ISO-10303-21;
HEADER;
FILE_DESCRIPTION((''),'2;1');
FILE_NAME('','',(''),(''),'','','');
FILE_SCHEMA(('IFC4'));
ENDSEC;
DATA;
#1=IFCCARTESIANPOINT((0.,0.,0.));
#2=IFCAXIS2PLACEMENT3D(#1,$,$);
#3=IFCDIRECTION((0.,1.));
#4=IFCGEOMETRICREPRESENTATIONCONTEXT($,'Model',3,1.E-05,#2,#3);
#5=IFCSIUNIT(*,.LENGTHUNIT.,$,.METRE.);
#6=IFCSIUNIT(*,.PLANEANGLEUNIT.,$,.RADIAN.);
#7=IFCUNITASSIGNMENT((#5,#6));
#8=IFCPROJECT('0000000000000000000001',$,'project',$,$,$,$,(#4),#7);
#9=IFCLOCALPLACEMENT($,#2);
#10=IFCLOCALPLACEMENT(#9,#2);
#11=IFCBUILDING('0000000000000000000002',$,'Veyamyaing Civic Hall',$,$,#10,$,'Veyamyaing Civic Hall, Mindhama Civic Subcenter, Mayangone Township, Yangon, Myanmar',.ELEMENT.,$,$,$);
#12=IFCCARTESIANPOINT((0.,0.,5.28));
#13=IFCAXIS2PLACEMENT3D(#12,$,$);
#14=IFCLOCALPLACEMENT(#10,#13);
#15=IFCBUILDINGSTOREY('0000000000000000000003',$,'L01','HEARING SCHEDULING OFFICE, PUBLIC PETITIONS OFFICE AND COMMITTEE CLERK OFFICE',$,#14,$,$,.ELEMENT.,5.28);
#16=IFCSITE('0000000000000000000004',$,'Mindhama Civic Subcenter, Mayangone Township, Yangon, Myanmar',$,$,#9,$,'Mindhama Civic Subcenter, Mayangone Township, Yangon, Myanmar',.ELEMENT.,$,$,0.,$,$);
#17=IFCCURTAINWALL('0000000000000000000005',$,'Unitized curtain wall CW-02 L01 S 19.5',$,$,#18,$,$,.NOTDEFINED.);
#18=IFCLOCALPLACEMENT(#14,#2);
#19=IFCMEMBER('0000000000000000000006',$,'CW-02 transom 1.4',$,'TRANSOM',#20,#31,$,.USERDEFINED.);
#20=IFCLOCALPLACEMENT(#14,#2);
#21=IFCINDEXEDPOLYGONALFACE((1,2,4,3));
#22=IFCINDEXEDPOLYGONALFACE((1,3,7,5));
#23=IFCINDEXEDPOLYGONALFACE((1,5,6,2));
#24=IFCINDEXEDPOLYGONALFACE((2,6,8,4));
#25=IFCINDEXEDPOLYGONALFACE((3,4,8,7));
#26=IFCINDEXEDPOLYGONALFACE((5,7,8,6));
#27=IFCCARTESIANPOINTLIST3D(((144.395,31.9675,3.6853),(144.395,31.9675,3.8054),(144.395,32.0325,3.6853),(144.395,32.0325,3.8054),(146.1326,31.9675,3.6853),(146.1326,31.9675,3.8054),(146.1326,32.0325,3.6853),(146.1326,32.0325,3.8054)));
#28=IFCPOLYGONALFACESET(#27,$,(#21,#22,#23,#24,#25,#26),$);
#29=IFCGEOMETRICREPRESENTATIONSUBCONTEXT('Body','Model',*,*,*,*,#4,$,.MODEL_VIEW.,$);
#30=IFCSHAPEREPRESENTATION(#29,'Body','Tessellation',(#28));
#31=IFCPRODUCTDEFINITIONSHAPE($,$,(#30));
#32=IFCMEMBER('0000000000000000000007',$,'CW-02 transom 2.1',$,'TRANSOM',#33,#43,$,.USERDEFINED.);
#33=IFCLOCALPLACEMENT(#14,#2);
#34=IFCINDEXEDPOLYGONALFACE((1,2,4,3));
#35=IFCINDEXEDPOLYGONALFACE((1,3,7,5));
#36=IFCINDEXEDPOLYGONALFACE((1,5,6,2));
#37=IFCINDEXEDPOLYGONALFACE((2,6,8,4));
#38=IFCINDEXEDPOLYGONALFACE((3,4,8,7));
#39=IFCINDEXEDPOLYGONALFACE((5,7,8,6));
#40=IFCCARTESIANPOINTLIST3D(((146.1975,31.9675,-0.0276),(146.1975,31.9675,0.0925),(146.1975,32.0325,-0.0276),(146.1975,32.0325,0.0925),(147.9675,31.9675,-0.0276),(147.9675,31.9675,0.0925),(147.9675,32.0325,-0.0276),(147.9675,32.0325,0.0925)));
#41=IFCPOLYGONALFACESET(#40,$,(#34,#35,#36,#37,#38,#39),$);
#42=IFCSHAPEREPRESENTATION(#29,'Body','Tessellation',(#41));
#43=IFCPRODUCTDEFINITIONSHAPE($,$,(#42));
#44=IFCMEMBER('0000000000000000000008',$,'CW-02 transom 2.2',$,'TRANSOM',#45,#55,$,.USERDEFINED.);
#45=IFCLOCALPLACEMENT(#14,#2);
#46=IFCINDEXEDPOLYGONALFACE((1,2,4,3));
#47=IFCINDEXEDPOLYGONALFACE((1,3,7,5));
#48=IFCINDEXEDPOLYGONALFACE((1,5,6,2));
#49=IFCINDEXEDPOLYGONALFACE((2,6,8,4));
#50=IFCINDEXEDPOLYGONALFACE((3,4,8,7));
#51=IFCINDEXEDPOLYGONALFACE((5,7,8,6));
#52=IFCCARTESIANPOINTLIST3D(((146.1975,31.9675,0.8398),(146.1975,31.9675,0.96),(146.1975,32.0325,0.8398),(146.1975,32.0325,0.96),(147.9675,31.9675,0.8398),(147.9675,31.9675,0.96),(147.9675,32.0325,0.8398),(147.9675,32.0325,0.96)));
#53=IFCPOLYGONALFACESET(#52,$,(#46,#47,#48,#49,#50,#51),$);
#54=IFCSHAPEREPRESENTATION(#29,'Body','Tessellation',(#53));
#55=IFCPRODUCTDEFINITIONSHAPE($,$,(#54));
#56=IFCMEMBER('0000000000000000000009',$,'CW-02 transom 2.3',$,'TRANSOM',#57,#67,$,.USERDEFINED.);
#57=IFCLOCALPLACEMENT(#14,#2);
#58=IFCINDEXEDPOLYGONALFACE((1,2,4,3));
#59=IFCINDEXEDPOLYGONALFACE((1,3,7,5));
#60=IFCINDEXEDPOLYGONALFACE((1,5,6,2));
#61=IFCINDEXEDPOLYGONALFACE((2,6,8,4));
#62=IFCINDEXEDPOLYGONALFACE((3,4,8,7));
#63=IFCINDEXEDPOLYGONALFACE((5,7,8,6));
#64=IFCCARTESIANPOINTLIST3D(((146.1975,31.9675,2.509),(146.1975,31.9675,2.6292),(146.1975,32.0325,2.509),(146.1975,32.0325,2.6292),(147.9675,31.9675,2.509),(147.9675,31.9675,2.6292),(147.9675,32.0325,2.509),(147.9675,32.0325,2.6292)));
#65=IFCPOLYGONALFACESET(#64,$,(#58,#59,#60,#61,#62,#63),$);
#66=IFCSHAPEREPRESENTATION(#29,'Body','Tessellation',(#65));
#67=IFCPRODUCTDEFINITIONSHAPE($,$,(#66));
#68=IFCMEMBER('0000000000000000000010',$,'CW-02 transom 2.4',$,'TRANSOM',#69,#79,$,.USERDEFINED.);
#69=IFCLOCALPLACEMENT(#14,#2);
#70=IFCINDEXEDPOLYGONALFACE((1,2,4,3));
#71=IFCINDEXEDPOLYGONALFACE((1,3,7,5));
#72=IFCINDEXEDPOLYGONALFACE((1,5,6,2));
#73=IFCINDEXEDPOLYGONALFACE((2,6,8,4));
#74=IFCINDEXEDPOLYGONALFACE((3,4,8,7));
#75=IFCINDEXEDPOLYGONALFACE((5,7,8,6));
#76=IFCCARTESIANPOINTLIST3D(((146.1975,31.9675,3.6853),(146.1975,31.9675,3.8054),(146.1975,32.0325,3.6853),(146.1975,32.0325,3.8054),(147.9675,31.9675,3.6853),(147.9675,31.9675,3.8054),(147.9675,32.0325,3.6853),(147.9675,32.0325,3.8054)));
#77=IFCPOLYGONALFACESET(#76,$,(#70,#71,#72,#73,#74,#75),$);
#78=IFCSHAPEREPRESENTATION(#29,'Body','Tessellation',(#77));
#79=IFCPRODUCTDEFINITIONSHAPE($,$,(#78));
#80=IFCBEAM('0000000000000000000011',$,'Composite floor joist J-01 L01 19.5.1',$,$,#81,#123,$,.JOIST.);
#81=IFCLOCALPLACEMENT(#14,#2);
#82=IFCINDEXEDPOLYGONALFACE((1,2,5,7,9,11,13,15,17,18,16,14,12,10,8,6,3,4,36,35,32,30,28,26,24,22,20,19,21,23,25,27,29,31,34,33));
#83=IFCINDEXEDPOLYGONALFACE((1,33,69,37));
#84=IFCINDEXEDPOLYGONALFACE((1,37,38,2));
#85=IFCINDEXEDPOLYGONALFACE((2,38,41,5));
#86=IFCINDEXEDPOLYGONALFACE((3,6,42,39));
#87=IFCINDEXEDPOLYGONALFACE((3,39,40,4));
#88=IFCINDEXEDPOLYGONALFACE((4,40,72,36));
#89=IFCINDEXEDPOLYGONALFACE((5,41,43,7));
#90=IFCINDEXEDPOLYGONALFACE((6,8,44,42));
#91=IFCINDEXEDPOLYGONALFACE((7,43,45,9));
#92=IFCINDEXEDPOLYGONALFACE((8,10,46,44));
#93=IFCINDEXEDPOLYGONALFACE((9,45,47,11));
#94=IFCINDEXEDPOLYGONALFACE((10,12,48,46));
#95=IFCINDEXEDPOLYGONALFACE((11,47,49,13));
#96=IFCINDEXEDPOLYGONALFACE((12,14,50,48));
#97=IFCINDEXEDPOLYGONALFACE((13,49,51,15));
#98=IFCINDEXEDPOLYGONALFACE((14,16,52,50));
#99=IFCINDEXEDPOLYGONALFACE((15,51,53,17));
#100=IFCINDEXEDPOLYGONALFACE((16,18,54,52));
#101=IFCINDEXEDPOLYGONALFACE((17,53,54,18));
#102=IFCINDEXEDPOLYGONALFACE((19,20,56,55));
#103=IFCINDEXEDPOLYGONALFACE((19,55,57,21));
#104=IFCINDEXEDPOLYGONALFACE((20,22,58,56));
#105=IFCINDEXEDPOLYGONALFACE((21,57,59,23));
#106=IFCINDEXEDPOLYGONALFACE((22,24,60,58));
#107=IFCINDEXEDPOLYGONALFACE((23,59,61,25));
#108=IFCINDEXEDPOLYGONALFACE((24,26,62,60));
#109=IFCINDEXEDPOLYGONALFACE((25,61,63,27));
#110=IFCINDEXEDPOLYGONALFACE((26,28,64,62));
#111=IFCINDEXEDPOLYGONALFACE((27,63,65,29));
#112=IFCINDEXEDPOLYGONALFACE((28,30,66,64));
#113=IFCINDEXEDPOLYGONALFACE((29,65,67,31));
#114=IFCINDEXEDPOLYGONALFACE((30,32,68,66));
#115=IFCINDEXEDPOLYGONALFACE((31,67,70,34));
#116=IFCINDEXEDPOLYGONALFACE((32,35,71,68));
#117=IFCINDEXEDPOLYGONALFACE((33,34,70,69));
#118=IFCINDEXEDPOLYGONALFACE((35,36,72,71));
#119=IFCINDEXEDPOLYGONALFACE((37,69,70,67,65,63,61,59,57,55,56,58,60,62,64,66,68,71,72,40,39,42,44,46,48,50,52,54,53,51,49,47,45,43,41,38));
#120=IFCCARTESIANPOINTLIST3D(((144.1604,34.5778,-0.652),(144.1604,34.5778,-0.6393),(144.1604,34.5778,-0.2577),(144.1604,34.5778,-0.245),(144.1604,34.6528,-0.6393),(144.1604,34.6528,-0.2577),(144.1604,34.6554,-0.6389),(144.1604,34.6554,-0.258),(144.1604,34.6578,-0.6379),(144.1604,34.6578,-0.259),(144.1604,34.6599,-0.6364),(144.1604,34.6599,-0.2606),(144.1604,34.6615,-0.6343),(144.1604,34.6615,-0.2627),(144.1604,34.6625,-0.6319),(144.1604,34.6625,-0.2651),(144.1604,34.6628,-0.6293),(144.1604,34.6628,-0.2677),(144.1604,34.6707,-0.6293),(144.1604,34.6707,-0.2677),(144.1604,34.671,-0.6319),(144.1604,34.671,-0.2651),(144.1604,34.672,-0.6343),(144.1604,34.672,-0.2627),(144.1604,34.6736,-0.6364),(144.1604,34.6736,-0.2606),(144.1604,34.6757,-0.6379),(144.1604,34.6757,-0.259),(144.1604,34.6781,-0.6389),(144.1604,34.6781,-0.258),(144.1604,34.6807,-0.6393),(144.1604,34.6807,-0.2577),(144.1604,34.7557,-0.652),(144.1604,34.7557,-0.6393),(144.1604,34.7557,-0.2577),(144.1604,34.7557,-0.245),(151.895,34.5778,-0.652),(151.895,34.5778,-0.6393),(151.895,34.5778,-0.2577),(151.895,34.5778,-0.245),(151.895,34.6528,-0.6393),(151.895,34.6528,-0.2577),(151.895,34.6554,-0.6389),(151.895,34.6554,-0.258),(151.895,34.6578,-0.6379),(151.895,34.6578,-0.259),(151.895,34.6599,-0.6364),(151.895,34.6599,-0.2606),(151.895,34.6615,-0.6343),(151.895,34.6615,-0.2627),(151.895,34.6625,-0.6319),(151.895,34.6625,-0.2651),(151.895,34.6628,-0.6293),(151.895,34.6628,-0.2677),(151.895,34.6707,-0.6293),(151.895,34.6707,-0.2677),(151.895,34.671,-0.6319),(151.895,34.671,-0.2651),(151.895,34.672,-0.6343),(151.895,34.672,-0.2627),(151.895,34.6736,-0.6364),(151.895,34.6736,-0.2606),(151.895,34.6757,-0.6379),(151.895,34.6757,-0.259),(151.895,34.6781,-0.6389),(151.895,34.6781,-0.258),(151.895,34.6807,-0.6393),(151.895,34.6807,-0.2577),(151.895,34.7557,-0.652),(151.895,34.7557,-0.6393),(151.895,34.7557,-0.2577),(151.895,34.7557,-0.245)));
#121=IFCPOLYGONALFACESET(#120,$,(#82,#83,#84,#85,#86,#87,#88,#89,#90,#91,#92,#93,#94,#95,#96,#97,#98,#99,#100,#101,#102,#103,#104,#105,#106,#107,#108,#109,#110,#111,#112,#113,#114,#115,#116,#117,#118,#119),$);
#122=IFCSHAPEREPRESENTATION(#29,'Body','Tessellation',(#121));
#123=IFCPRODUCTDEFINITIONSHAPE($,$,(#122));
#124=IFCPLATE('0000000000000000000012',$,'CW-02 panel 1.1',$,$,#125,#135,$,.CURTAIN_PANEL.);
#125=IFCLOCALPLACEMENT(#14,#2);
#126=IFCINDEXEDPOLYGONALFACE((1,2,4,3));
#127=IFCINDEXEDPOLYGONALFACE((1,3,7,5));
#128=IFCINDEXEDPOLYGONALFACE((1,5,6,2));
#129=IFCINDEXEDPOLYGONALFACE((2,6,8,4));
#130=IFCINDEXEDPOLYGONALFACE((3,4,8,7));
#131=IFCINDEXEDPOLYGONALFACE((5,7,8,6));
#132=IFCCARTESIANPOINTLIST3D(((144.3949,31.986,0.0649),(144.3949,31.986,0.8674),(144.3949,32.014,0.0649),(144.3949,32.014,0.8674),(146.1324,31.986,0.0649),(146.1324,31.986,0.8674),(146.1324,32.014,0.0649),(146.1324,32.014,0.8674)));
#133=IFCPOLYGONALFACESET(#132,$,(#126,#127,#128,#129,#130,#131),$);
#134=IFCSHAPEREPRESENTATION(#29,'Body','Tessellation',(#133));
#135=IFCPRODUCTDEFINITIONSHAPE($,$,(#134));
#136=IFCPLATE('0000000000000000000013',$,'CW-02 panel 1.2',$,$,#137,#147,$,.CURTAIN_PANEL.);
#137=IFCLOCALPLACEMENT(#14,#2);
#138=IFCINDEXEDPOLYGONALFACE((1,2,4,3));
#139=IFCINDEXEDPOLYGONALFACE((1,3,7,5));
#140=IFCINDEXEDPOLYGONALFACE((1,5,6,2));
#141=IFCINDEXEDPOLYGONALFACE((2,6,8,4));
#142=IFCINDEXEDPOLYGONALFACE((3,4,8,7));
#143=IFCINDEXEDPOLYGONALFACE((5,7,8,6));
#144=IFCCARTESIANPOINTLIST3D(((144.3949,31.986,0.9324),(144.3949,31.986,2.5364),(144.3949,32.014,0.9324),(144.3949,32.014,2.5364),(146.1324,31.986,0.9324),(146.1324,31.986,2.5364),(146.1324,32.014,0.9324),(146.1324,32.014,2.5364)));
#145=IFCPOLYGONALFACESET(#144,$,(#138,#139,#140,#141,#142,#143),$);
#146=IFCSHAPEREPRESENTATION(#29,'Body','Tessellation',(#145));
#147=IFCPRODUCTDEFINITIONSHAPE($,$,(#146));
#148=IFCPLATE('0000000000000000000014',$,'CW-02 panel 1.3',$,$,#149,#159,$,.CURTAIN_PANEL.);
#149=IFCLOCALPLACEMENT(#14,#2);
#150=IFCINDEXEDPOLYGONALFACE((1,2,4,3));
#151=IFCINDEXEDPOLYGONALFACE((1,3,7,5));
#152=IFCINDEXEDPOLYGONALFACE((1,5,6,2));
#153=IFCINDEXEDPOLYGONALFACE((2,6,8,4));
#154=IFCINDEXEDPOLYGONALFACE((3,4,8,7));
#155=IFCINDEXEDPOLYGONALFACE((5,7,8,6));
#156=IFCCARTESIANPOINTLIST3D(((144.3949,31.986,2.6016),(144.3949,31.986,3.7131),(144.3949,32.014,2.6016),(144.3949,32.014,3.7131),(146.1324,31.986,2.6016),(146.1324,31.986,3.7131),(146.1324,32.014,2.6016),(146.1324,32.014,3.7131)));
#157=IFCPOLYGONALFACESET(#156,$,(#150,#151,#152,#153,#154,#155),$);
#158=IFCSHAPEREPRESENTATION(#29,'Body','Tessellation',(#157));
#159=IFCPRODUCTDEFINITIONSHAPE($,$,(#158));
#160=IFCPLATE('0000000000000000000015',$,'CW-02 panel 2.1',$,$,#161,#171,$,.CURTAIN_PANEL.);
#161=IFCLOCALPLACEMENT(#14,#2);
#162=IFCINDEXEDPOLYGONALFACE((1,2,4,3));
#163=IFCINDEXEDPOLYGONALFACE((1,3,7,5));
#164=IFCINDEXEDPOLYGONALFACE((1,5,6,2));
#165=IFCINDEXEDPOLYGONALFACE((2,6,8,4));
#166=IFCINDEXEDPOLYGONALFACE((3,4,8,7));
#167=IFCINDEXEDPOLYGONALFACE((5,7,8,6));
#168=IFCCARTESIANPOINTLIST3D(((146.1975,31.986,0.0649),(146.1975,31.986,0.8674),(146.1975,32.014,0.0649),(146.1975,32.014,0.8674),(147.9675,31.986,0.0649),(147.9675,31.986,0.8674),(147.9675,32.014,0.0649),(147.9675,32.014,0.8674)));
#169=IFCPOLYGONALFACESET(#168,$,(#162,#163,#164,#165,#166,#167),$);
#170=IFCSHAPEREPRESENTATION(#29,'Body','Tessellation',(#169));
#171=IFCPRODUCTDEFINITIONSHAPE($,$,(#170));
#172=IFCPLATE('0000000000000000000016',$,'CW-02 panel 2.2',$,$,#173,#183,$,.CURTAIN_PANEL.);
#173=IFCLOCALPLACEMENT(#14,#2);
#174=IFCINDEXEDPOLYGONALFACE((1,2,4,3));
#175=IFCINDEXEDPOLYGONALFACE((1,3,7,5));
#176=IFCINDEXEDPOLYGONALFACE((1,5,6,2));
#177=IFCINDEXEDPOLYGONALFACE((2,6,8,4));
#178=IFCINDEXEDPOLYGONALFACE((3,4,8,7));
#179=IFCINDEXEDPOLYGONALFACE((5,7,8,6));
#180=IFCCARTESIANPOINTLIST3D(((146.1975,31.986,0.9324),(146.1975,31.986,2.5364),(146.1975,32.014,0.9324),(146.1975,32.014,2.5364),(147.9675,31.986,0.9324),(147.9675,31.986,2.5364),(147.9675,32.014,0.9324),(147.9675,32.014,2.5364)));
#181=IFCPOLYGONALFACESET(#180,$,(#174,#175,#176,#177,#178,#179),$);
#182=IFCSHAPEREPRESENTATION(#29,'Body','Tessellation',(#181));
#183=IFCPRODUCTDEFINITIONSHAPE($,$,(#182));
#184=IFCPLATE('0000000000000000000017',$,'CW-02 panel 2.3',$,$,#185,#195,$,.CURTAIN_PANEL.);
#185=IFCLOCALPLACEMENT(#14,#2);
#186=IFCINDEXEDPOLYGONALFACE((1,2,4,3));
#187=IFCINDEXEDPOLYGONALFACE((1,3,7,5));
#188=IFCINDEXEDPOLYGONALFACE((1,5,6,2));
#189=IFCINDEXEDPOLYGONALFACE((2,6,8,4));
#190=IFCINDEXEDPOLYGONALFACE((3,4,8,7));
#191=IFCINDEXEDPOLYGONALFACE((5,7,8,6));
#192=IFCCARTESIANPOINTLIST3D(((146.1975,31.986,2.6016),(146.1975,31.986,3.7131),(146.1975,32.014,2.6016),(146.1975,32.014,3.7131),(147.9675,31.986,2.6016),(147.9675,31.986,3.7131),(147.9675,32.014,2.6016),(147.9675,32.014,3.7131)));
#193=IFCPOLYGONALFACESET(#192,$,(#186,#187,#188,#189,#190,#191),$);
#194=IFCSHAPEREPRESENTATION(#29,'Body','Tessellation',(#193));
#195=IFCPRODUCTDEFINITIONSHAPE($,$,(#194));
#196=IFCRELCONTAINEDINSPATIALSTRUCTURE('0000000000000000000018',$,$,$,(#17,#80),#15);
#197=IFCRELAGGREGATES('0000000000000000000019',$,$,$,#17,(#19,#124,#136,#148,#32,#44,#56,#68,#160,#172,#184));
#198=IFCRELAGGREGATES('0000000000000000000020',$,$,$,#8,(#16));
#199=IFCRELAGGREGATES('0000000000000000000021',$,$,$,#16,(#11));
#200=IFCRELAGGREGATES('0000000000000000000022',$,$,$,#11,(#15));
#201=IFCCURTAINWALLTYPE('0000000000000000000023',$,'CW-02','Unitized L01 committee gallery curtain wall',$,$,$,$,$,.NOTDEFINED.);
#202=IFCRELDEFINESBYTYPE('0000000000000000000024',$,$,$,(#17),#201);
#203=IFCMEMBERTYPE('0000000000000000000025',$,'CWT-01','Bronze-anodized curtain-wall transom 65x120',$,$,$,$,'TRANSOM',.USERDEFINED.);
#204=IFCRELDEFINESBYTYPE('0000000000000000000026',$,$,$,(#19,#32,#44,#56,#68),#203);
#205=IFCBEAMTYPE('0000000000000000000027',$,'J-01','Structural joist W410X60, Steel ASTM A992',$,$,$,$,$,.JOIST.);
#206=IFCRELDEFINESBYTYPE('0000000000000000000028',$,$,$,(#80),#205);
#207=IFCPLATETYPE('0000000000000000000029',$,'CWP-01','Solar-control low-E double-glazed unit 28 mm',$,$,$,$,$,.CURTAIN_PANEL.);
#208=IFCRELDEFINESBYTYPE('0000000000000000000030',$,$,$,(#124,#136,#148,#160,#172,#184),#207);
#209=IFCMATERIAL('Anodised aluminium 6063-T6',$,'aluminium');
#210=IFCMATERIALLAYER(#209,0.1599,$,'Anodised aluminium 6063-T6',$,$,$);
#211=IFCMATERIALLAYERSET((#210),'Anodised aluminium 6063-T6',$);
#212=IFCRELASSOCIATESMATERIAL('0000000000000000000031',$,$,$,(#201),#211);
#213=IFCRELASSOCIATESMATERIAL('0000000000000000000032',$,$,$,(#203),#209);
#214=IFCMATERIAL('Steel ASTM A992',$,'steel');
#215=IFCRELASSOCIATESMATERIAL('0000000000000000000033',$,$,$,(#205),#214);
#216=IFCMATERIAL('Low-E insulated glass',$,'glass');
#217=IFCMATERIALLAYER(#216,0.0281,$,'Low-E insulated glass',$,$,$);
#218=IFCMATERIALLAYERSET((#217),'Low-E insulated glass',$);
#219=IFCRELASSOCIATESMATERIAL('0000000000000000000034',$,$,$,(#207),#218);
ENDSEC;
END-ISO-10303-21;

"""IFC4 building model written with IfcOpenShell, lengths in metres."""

from ifc_helpers import new_model, si_unit, direction, frame, origin, origin_2d, place, context, subcontext, project, spatial, rectangle, i_section, extrude, material, layer, layer_set, material_profile, profile_set, type_object, element, aggregate, save


model = new_model("IFC4")

# Units and contexts
model_context = context("Model", 3, precision=1e-05, world=origin(), true_north=direction((0.0, 1.0)))
body_context = subcontext(model_context, "Body", "Model", "MODEL_VIEW")
ifc_project = project(units=[si_unit("LENGTHUNIT", "METRE"), si_unit("PLANEANGLEUNIT", "RADIAN")], contexts=[model_context])

# Site, building, storey
site_placement = place(None, origin())
site = spatial("IfcSite", under=ifc_project, at=site_placement, Name="Mindhama Civic Subcenter, Mayangone Township, Yangon, Myanmar", LongName="Mindhama Civic Subcenter, Mayangone Township, Yangon, Myanmar", CompositionType="ELEMENT", RefElevation=0.0)
building_placement = place(site_placement, origin())
building = spatial("IfcBuilding", under=site, at=building_placement, Name="Veyamyaing Civic Hall", LongName="Veyamyaing Civic Hall, Mindhama Civic Subcenter, Mayangone Township, Yangon, Myanmar", CompositionType="ELEMENT")
storey_placement = place(building_placement, frame((0.0, 0.0, 5.28)))
storey = spatial("IfcBuildingStorey", under=building, at=storey_placement, Name="L01", Description="HEARING SCHEDULING OFFICE, PUBLIC PETITIONS OFFICE AND COMMITTEE CLERK OFFICE", CompositionType="ELEMENT", Elevation=5.28)

# Shared definitions
ifc_material_1 = material(Name="Steel ASTM A992", Category="steel")

# Curtain wall, members
ifc_material_2 = material(Name="Anodised aluminium 6063-T6", Category="aluminium")
ifc_layer_1 = layer(ifc_material_2, 0.1599, Name="Anodised aluminium 6063-T6")
ifc_layer_set_1 = layer_set([ifc_layer_1], Name="Anodised aluminium 6063-T6")
curtain_wall_type = type_object("IfcCurtainWallType", Name="CW-02", Description="Unitized L01 committee gallery curtain wall", PredefinedType="NOTDEFINED", material=ifc_layer_set_1)
curtain_wall_placement = place(storey_placement, origin())
curtain_wall = element("IfcCurtainWall", 1, at=curtain_wall_placement, inside=storey, type_object=curtain_wall_type, Name="Unitized curtain wall CW-02 L01 S 19.5", PredefinedType="NOTDEFINED")
ifc_material_profile_1 = material_profile(ifc_material_2, rectangle(XDim=0.0649, YDim=0.1201, at=origin_2d()), Name="ALU-TRN-65X120")
ifc_profile_set_1 = profile_set([ifc_material_profile_1], Name="Anodised aluminium 6063-T6")
member_type_1 = type_object("IfcMemberType", Name="CWT-01", Description="Bronze-anodized curtain-wall transom 65x120", ElementType="TRANSOM", PredefinedType="USERDEFINED", material=ifc_profile_set_1)
member_1_placement = place(storey_placement, frame((144.395, 32.0, 3.7454), z_axis=(1.0, 0.0, 0.0), x_axis=(0.0, 1.0, 0.0)))
member_1 = element("IfcMember", 2, at=member_1_placement, type_object=member_type_1, Name="CW-02 transom 1.4", ObjectType="TRANSOM", PredefinedType="USERDEFINED", context=body_context, shape_type="SweptSolid", body=[
    extrude(rectangle(XDim=0.0649, YDim=0.1201, at=origin_2d()), origin(), (0.0, 0.0, 1.0), 1.7375),
])
member_2_placement = place(storey_placement, frame((146.1975, 32.0, 0.0325), z_axis=(1.0, 0.0, 0.0), x_axis=(0.0, 1.0, 0.0)))
member_2 = element("IfcMember", 3, at=member_2_placement, type_object=member_type_1, Name="CW-02 transom 2.1", ObjectType="TRANSOM", PredefinedType="USERDEFINED", context=body_context, shape_type="SweptSolid", body=[
    extrude(rectangle(XDim=0.0649, YDim=0.1201, at=origin_2d()), origin(), (0.0, 0.0, 1.0), 1.77),
])
member_3_placement = place(storey_placement, frame((146.1975, 32.0, 0.8999), z_axis=(1.0, 0.0, 0.0), x_axis=(0.0, 1.0, 0.0)))
member_3 = element("IfcMember", 4, at=member_3_placement, type_object=member_type_1, Name="CW-02 transom 2.2", ObjectType="TRANSOM", PredefinedType="USERDEFINED", context=body_context, shape_type="SweptSolid", body=[
    extrude(rectangle(XDim=0.0649, YDim=0.1201, at=origin_2d()), origin(), (0.0, 0.0, 1.0), 1.77),
])
member_4_placement = place(storey_placement, frame((146.1975, 32.0, 2.5691), z_axis=(1.0, 0.0, 0.0), x_axis=(0.0, 1.0, 0.0)))
member_4 = element("IfcMember", 5, at=member_4_placement, type_object=member_type_1, Name="CW-02 transom 2.3", ObjectType="TRANSOM", PredefinedType="USERDEFINED", context=body_context, shape_type="SweptSolid", body=[
    extrude(rectangle(XDim=0.0649, YDim=0.1201, at=origin_2d()), origin(), (0.0, 0.0, 1.0), 1.77),
])
member_5_placement = place(storey_placement, frame((146.1975, 32.0, 3.7454), z_axis=(1.0, 0.0, 0.0), x_axis=(0.0, 1.0, 0.0)))
member_5 = element("IfcMember", 6, at=member_5_placement, type_object=member_type_1, Name="CW-02 transom 2.4", ObjectType="TRANSOM", PredefinedType="USERDEFINED", context=body_context, shape_type="SweptSolid", body=[
    extrude(rectangle(XDim=0.0649, YDim=0.1201, at=origin_2d()), origin(), (0.0, 0.0, 1.0), 1.77),
])

# Beam
ifc_material_profile_2 = material_profile(ifc_material_1, i_section(OverallWidth=0.178, OverallDepth=0.407, WebThickness=0.0078, FlangeThickness=0.0127, FilletRadius=0.01, at=origin_2d()), Name="W410X60")
ifc_profile_set_2 = profile_set([ifc_material_profile_2], Name="Steel ASTM A992")
beam_type_1 = type_object("IfcBeamType", Name="J-01", Description="Structural joist W410X60, Steel ASTM A992", PredefinedType="JOIST", material=ifc_profile_set_2)
beam_1_placement = place(storey_placement, frame((144.1604, 34.6667, -0.4485), z_axis=(1.0, 0.0, 0.0), x_axis=(0.0, 1.0, 0.0)))
element("IfcBeam", 7, at=beam_1_placement, inside=storey, type_object=beam_type_1, Name="Composite floor joist J-01 L01 19.5.1", PredefinedType="JOIST", context=body_context, shape_type="SweptSolid", body=[
    extrude(i_section(OverallWidth=0.178, OverallDepth=0.407, WebThickness=0.0078, FlangeThickness=0.0127, FilletRadius=0.01, at=origin_2d()), origin(), (0.0, 0.0, 1.0), 7.7346),
])

# Plates
ifc_material_3 = material(Name="Low-E insulated glass", Category="glass")
ifc_layer_2 = layer(ifc_material_3, 0.0281, Name="Low-E insulated glass")
ifc_layer_set_2 = layer_set([ifc_layer_2], Name="Low-E insulated glass")
plate_type = type_object("IfcPlateType", Name="CWP-01", Description="Solar-control low-E double-glazed unit 28 mm", PredefinedType="CURTAIN_PANEL", material=ifc_layer_set_2)
plate_1_placement = place(storey_placement, frame((145.2637, 32.0, 0.0649), z_axis=(0.0, 0.0, 1.0), x_axis=(1.0, 0.0, 0.0)))
plate_1 = element("IfcPlate", 8, at=plate_1_placement, type_object=plate_type, Name="CW-02 panel 1.1", PredefinedType="CURTAIN_PANEL", context=body_context, shape_type="SweptSolid", body=[
    extrude(rectangle(XDim=1.7375, YDim=0.0281, at=origin_2d()), origin(), (0.0, 0.0, 1.0), 0.8025),
])
plate_2_placement = place(storey_placement, frame((145.2637, 32.0, 0.9324), z_axis=(0.0, 0.0, 1.0), x_axis=(1.0, 0.0, 0.0)))
plate_2 = element("IfcPlate", 9, at=plate_2_placement, type_object=plate_type, Name="CW-02 panel 1.2", PredefinedType="CURTAIN_PANEL", context=body_context, shape_type="SweptSolid", body=[
    extrude(rectangle(XDim=1.7375, YDim=0.0281, at=origin_2d()), origin(), (0.0, 0.0, 1.0), 1.604),
])
plate_3_placement = place(storey_placement, frame((145.2637, 32.0, 2.6016), z_axis=(0.0, 0.0, 1.0), x_axis=(1.0, 0.0, 0.0)))
plate_3 = element("IfcPlate", 10, at=plate_3_placement, type_object=plate_type, Name="CW-02 panel 1.3", PredefinedType="CURTAIN_PANEL", context=body_context, shape_type="SweptSolid", body=[
    extrude(rectangle(XDim=1.7375, YDim=0.0281, at=origin_2d()), origin(), (0.0, 0.0, 1.0), 1.1116),
])
plate_4_placement = place(storey_placement, frame((147.0825, 32.0, 0.0649), z_axis=(0.0, 0.0, 1.0), x_axis=(1.0, 0.0, 0.0)))
plate_4 = element("IfcPlate", 11, at=plate_4_placement, type_object=plate_type, Name="CW-02 panel 2.1", PredefinedType="CURTAIN_PANEL", context=body_context, shape_type="SweptSolid", body=[
    extrude(rectangle(XDim=1.77, YDim=0.0281, at=origin_2d()), origin(), (0.0, 0.0, 1.0), 0.8025),
])
plate_5_placement = place(storey_placement, frame((147.0825, 32.0, 0.9324), z_axis=(0.0, 0.0, 1.0), x_axis=(1.0, 0.0, 0.0)))
plate_5 = element("IfcPlate", 12, at=plate_5_placement, type_object=plate_type, Name="CW-02 panel 2.2", PredefinedType="CURTAIN_PANEL", context=body_context, shape_type="SweptSolid", body=[
    extrude(rectangle(XDim=1.77, YDim=0.0281, at=origin_2d()), origin(), (0.0, 0.0, 1.0), 1.604),
])
plate_6_placement = place(storey_placement, frame((147.0825, 32.0, 2.6016), z_axis=(0.0, 0.0, 1.0), x_axis=(1.0, 0.0, 0.0)))
plate_6 = element("IfcPlate", 13, at=plate_6_placement, type_object=plate_type, Name="CW-02 panel 2.3", PredefinedType="CURTAIN_PANEL", context=body_context, shape_type="SweptSolid", body=[
    extrude(rectangle(XDim=1.77, YDim=0.0281, at=origin_2d()), origin(), (0.0, 0.0, 1.0), 1.1116),
])
aggregate(curtain_wall, [member_1, plate_1, plate_2, plate_3, member_2, member_3, member_4, member_5, plate_4, plate_5, plate_6])

save(model, "model.ifc")
